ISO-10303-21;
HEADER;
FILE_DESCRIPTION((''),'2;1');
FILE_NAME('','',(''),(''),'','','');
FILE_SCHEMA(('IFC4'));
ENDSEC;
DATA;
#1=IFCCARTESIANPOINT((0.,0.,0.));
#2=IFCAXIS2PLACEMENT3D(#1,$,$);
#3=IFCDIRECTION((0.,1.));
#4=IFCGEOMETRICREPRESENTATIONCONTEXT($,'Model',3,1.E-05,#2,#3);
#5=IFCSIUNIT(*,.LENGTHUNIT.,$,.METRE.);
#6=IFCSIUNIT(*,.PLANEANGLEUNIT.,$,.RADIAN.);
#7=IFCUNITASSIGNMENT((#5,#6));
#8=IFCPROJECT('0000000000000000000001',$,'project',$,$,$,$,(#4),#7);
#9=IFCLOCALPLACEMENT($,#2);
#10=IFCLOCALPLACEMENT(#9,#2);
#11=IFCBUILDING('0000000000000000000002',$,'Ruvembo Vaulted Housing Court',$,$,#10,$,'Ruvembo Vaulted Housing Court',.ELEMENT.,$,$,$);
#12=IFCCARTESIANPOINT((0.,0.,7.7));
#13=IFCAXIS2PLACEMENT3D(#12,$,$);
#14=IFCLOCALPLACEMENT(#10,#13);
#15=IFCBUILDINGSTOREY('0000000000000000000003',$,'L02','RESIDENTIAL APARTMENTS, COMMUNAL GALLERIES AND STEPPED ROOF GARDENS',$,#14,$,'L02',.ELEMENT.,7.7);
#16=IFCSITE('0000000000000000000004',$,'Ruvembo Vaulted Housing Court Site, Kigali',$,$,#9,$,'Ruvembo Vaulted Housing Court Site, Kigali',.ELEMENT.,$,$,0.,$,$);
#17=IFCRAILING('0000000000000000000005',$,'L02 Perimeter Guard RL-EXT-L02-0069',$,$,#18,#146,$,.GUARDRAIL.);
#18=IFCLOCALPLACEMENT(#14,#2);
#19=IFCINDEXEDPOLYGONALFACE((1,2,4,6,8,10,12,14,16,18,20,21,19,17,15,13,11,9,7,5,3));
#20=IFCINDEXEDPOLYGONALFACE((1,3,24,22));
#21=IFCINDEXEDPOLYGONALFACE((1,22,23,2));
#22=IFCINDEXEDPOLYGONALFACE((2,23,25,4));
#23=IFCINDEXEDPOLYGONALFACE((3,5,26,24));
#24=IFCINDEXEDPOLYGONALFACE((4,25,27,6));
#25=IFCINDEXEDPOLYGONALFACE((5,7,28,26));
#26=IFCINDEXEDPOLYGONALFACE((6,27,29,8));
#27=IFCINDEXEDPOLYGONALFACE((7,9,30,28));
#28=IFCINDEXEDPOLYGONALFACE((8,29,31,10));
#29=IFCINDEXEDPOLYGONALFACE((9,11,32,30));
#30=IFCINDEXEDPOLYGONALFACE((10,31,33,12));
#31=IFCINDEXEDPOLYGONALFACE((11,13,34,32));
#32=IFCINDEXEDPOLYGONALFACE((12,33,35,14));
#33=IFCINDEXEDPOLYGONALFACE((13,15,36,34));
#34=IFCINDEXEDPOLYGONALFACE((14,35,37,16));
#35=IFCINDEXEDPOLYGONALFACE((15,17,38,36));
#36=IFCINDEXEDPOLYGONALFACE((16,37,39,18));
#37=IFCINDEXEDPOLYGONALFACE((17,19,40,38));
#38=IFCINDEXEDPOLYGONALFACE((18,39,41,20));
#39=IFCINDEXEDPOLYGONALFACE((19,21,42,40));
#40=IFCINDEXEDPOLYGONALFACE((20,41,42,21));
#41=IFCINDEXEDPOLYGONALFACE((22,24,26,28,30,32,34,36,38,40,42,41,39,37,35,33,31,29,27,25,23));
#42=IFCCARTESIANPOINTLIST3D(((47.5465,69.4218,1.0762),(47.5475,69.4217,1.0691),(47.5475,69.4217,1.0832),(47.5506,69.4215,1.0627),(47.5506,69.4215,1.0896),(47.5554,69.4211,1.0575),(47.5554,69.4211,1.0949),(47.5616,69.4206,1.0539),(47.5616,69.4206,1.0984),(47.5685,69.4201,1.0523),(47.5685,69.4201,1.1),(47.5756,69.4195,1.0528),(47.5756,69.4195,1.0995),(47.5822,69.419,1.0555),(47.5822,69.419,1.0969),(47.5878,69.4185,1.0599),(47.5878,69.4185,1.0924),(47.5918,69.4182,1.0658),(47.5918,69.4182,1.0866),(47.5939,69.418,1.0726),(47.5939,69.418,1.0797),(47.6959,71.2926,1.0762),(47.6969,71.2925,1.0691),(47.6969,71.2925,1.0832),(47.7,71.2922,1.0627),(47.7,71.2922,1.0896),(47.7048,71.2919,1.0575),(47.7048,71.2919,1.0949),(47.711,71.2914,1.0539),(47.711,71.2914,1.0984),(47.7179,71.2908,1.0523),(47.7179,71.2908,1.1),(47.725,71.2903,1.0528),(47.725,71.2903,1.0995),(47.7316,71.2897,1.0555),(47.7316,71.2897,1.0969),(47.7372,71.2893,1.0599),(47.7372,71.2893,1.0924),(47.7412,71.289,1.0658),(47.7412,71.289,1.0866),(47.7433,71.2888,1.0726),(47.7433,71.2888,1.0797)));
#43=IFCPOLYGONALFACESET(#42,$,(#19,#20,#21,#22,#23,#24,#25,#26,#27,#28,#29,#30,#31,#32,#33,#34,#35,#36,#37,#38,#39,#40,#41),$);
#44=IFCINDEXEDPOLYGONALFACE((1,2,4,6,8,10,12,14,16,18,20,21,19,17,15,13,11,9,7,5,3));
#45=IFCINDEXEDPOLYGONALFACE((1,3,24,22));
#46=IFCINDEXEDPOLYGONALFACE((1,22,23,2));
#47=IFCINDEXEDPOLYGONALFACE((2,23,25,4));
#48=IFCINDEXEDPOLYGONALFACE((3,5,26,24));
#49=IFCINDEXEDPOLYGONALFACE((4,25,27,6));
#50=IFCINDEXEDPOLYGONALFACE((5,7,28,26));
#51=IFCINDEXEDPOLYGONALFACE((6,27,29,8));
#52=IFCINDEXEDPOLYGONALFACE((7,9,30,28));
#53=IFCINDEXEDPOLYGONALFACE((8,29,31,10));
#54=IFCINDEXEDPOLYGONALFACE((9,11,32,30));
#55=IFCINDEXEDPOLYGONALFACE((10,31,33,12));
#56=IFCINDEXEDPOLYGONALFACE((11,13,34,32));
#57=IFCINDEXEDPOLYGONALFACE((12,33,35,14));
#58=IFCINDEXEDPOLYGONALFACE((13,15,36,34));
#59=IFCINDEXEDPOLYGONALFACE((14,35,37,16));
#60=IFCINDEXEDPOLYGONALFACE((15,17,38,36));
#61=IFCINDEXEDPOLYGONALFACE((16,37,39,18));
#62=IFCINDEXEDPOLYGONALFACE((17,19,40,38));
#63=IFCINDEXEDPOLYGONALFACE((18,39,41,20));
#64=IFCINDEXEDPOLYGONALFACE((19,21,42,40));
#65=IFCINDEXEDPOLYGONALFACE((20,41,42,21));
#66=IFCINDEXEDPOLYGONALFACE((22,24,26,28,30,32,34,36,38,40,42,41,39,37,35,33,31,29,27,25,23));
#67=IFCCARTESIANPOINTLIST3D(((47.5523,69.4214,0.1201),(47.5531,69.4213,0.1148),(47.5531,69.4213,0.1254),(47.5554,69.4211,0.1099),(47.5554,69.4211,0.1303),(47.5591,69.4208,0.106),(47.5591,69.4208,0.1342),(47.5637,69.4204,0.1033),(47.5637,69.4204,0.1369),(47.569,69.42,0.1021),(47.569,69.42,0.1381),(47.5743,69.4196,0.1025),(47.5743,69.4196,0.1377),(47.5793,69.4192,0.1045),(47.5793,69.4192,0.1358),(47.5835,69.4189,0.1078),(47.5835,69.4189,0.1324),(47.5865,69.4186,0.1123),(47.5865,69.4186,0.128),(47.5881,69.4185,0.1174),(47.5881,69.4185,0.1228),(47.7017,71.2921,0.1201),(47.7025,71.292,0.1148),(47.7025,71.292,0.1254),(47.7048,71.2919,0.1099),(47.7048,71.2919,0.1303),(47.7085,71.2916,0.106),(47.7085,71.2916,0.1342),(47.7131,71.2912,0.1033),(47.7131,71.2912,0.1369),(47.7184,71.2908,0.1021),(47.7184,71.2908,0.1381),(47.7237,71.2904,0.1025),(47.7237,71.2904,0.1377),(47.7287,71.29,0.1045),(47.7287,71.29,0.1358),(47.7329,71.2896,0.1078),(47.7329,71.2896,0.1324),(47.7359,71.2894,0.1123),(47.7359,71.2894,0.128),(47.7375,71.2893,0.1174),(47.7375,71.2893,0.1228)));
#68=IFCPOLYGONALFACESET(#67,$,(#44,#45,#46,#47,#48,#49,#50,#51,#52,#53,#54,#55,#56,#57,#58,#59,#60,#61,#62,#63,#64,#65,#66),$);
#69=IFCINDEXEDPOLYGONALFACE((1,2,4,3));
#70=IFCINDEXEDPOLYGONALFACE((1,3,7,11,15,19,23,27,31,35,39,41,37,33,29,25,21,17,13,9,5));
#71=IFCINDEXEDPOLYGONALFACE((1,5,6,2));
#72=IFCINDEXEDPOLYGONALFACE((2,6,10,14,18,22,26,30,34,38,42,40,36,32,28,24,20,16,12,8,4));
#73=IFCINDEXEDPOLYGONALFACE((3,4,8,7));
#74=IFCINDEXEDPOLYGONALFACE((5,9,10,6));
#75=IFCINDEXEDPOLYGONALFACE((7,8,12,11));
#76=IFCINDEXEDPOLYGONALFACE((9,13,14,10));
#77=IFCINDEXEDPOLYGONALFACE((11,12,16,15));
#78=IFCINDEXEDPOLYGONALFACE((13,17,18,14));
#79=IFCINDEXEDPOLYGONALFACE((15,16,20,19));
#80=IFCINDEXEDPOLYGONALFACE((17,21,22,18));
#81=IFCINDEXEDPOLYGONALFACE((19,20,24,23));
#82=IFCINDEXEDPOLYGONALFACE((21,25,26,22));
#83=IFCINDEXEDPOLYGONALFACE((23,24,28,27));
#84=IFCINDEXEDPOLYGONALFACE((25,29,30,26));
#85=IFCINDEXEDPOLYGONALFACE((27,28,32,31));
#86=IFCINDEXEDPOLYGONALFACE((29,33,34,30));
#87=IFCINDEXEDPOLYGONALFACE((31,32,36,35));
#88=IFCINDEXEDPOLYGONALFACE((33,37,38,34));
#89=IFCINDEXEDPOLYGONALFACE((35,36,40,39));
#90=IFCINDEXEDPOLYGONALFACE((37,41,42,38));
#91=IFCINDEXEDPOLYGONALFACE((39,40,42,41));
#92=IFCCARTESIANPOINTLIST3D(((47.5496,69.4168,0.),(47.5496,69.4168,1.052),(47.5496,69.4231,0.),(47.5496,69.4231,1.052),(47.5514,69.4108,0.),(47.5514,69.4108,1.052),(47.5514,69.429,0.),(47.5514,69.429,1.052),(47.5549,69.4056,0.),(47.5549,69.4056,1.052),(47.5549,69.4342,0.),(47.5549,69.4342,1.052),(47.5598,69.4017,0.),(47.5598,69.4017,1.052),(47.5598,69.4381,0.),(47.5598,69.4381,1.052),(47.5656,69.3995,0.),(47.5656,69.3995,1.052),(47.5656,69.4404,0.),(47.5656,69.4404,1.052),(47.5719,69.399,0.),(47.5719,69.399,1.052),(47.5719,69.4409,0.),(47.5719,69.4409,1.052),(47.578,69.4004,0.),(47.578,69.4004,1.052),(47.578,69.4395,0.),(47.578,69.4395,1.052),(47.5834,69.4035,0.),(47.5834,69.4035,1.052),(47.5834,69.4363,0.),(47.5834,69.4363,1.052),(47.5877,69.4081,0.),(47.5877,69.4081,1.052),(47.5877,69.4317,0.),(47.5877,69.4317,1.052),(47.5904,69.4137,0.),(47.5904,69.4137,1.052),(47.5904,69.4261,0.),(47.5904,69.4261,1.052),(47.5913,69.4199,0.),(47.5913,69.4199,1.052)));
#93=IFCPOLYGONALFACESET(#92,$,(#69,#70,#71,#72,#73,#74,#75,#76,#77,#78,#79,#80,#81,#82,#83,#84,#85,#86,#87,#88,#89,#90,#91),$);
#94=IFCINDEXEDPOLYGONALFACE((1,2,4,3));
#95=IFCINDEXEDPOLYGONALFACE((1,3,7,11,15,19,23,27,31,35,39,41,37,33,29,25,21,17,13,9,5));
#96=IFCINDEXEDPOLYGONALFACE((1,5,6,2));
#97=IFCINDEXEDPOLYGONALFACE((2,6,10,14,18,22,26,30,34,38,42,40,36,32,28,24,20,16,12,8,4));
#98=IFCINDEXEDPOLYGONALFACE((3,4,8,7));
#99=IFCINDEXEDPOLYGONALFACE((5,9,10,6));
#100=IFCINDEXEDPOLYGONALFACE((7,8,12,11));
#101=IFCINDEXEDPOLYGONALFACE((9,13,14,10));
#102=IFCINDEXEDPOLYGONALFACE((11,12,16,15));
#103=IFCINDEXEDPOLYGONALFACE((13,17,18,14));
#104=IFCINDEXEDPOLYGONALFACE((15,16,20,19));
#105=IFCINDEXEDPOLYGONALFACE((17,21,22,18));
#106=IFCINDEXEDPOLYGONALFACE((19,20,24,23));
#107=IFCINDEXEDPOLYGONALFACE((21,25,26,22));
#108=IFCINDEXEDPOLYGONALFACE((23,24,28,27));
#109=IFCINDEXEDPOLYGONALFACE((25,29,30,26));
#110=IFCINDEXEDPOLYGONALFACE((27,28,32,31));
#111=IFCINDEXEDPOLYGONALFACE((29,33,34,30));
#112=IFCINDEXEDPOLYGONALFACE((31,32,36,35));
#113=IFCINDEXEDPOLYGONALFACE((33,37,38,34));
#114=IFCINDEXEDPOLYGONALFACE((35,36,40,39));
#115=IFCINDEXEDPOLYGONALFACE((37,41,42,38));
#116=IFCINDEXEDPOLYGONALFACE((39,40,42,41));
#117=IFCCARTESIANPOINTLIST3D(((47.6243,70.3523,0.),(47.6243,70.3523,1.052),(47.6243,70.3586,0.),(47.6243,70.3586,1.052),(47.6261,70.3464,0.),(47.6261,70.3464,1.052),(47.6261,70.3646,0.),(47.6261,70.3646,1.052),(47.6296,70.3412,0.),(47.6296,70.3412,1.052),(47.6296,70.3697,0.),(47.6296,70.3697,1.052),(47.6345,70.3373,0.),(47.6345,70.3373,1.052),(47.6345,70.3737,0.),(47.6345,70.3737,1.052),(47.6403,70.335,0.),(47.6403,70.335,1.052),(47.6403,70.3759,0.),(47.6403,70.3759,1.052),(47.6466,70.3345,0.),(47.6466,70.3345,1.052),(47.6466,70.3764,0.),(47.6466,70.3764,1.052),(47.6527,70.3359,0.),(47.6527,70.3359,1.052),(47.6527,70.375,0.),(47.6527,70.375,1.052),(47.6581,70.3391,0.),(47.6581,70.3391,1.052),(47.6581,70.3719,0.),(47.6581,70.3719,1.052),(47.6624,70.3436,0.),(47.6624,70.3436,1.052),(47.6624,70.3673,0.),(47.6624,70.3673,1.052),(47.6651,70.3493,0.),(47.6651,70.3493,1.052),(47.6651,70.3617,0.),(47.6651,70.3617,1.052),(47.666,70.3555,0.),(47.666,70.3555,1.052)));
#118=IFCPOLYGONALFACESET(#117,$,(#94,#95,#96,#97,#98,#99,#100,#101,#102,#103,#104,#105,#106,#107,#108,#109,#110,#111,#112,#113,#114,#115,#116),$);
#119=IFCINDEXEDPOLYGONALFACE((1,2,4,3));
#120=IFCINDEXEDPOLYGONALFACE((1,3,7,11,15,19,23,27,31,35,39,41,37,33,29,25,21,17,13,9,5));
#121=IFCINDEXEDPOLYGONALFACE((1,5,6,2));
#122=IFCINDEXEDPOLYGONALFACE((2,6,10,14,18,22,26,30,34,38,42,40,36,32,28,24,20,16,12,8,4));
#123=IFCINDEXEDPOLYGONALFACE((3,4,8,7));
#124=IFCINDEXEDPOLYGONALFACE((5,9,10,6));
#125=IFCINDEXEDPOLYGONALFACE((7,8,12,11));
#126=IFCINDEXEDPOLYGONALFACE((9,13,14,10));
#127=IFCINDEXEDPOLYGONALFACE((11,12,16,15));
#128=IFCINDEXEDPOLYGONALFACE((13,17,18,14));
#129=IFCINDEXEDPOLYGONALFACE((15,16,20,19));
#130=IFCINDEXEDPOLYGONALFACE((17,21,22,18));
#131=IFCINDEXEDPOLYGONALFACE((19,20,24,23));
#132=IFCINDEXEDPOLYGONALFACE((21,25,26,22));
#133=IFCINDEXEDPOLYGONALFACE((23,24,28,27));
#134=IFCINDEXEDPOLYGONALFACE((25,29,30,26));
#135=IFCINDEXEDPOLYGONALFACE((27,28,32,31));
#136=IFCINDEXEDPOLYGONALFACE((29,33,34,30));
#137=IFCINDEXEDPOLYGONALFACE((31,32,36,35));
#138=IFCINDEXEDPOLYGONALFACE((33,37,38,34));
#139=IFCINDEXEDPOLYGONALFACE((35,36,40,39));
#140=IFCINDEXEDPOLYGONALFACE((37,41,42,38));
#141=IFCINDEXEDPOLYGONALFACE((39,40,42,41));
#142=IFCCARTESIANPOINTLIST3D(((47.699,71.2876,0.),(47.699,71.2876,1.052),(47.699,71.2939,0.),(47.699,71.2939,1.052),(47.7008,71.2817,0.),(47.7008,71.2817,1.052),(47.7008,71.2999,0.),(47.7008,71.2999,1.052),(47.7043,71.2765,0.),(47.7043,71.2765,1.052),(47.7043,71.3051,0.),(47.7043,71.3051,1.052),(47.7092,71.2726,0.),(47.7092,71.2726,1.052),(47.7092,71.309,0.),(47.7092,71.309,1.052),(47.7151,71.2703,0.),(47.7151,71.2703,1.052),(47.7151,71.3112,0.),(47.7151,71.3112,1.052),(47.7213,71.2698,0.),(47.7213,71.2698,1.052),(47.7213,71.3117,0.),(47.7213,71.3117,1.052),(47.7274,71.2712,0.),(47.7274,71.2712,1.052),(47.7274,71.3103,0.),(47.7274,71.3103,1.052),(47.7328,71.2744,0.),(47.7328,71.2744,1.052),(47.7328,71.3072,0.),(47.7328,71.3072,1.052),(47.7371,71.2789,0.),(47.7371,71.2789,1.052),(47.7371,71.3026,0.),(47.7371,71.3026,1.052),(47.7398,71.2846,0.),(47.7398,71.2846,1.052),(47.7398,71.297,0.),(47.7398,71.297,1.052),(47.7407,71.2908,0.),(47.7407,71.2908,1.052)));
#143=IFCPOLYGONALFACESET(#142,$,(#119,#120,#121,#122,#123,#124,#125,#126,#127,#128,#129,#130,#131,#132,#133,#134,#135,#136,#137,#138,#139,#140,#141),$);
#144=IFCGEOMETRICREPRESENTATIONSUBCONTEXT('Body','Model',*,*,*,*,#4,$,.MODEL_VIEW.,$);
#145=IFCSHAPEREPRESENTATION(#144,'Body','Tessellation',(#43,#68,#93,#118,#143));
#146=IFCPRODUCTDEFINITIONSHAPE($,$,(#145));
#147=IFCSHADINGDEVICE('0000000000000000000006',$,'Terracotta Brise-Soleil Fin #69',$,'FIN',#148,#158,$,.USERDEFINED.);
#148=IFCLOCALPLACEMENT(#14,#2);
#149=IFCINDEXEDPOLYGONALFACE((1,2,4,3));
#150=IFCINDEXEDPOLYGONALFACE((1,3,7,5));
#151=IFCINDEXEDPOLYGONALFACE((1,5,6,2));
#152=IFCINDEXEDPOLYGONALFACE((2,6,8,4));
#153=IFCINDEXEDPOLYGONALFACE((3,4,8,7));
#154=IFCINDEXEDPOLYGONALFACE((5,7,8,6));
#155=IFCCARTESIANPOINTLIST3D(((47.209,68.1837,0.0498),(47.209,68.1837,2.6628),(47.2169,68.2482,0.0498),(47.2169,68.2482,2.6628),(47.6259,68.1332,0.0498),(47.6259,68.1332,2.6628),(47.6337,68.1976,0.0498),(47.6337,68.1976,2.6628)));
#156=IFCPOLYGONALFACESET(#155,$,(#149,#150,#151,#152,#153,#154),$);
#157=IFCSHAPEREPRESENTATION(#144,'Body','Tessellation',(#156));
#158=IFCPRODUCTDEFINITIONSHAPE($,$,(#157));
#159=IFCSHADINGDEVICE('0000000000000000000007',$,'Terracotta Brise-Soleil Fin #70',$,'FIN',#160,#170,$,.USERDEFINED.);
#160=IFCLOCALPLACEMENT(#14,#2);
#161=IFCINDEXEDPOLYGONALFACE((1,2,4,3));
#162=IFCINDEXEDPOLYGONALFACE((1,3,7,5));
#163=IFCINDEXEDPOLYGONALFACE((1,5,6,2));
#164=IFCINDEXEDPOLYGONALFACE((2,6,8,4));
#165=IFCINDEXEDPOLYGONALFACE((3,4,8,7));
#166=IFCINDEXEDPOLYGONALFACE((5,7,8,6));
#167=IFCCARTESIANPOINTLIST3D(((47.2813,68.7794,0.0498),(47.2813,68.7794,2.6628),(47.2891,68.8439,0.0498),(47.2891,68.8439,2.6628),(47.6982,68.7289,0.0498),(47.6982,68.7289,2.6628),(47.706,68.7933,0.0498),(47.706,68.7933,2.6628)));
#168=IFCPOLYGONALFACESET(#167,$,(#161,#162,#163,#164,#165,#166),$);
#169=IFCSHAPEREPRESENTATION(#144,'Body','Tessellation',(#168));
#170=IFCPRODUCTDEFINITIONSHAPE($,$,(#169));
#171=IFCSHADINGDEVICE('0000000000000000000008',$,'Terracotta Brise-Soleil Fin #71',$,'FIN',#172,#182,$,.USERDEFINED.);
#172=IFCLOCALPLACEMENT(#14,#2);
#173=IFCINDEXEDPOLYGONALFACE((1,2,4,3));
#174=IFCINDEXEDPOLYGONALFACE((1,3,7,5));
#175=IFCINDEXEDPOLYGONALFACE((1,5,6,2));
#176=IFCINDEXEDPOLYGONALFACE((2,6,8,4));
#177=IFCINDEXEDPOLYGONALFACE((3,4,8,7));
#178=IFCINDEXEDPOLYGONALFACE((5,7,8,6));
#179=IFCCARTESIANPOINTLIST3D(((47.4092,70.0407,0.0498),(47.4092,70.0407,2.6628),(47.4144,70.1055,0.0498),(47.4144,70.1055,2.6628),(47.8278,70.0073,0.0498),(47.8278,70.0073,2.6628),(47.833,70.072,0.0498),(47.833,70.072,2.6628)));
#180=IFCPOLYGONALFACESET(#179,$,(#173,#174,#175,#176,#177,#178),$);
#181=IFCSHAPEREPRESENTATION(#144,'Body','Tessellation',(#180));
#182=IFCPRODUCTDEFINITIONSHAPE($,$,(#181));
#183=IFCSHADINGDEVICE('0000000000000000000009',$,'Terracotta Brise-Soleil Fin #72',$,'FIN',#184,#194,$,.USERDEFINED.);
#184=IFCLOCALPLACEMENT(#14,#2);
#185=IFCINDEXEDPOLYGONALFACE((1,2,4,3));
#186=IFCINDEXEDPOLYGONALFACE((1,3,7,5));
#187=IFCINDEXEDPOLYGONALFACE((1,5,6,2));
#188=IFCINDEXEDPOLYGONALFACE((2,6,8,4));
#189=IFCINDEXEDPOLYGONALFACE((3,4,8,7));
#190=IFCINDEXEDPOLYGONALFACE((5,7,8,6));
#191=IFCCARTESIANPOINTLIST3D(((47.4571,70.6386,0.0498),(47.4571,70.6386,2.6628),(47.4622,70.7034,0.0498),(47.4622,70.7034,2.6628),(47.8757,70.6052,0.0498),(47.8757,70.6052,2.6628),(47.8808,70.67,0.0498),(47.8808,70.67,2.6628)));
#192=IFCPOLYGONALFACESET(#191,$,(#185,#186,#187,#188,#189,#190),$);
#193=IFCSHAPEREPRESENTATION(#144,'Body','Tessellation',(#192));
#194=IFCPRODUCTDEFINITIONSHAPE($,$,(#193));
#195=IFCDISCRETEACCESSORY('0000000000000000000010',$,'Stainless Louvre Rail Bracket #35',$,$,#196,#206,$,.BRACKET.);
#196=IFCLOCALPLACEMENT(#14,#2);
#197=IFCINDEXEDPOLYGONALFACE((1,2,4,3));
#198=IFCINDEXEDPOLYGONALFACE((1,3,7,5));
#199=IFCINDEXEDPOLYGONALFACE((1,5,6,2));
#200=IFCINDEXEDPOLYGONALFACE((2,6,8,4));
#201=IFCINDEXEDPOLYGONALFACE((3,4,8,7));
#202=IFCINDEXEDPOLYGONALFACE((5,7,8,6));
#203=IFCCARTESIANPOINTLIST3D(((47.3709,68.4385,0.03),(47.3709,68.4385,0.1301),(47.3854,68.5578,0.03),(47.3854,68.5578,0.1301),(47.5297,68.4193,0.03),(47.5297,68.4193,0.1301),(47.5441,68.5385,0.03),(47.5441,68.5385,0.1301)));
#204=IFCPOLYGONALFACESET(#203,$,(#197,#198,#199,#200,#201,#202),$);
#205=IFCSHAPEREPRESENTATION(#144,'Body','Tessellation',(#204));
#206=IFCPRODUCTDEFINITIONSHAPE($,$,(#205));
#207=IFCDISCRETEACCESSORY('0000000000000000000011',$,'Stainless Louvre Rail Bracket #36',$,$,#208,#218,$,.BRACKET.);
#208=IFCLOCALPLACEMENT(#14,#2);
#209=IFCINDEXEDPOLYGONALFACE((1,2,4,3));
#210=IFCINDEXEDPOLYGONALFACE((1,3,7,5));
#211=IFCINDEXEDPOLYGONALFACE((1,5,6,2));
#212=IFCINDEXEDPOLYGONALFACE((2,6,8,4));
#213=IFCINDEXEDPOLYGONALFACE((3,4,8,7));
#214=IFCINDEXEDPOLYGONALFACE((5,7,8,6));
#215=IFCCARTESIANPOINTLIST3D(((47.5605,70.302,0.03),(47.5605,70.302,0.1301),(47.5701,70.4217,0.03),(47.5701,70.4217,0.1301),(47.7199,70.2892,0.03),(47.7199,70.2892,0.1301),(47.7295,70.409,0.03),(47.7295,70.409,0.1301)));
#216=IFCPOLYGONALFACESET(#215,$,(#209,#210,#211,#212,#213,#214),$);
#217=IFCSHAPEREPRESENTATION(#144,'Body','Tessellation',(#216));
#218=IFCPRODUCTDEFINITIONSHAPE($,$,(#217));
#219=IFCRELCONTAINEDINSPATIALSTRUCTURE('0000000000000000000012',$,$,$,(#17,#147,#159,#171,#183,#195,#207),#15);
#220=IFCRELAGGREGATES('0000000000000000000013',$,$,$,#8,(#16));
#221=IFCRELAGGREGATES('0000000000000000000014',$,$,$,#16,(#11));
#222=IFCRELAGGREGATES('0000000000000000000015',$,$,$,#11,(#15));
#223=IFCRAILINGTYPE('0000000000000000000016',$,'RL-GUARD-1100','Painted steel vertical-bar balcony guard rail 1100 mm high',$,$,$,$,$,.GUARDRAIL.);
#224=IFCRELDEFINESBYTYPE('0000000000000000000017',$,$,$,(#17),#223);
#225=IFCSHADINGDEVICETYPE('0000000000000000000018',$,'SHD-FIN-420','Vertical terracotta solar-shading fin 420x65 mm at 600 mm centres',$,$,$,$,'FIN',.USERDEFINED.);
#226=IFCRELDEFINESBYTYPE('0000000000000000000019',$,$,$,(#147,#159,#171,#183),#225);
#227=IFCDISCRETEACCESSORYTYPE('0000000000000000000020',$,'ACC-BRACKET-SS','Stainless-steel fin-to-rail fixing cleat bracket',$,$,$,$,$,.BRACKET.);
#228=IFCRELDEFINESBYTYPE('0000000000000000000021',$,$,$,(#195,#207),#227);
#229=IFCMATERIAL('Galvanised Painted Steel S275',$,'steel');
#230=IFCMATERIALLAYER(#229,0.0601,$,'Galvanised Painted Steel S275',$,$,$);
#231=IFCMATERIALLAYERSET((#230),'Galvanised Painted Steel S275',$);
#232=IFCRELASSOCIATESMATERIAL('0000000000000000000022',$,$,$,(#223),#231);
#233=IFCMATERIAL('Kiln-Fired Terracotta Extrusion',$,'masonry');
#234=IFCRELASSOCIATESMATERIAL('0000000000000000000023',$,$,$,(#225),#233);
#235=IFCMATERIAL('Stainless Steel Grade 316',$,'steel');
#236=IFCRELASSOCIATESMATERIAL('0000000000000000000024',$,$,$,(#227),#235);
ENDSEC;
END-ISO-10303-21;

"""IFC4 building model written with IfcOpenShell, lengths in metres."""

from ifc_helpers import new_model, si_unit, direction, frame, origin, origin_2d, place, context, subcontext, project, spatial, rectangle, circle, extrude, material, layer, layer_set, type_object, element, save


model = new_model("IFC4")

# Units and contexts
model_context = context("Model", 3, precision=1e-05, world=origin(), true_north=direction((0.0, 1.0)))
body_context = subcontext(model_context, "Body", "Model", "MODEL_VIEW")
ifc_project = project(units=[si_unit("LENGTHUNIT", "METRE"), si_unit("PLANEANGLEUNIT", "RADIAN")], contexts=[model_context])

# Site, building, storey
site_placement = place(None, origin())
site = spatial("IfcSite", under=ifc_project, at=site_placement, Name="Ruvembo Vaulted Housing Court Site, Kigali", LongName="Ruvembo Vaulted Housing Court Site, Kigali", CompositionType="ELEMENT", RefElevation=0.0)
building_placement = place(site_placement, origin())
building = spatial("IfcBuilding", under=site, at=building_placement, Name="Ruvembo Vaulted Housing Court", LongName="Ruvembo Vaulted Housing Court", CompositionType="ELEMENT")
storey_placement = place(building_placement, frame((0.0, 0.0, 7.7)))
storey = spatial("IfcBuildingStorey", under=building, at=storey_placement, Name="L02", Description="RESIDENTIAL APARTMENTS, COMMUNAL GALLERIES AND STEPPED ROOF GARDENS", LongName="L02", CompositionType="ELEMENT", Elevation=7.7)

# Railing
ifc_material_1 = material(Name="Galvanised Painted Steel S275", Category="steel")
ifc_layer_1 = layer(ifc_material_1, 0.0601, Name="Galvanised Painted Steel S275")
ifc_layer_set_1 = layer_set([ifc_layer_1], Name="Galvanised Painted Steel S275")
railing_type = type_object("IfcRailingType", Name="RL-GUARD-1100", Description="Painted steel vertical-bar balcony guard rail 1100 mm high", PredefinedType="GUARDRAIL", material=ifc_layer_set_1)
railing_1_placement = place(storey_placement, frame((47.5703, 69.4199, 0.0)))
element("IfcRailing", 1, at=railing_1_placement, inside=storey, type_object=railing_type, Name="L02 Perimeter Guard RL-EXT-L02-0069", PredefinedType="GUARDRAIL", context=body_context, shape_type="SweptSolid", body=[
    extrude(circle(Radius=0.0239, at=origin_2d()), frame((0.0, 0.0, 1.0762), z_axis=(0.079611, 0.996826, 0.0), x_axis=(-0.996826, 0.079611, 0.0)), (0.0, 0.0, 1.0), 1.8767),
    extrude(circle(Radius=0.0181, at=origin_2d()), frame((0.0, 0.0, 0.1201), z_axis=(0.079611, 0.996826, 0.0), x_axis=(-0.996826, 0.079611, 0.0)), (0.0, 0.0, 1.0), 1.8767),
    extrude(circle(Radius=0.021, at=origin_2d()), origin(), (0.0, 0.0, 1.0), 1.052),
    extrude(circle(Radius=0.021, at=origin_2d()), frame((0.0747, 0.9355, 0.0)), (0.0, 0.0, 1.0), 1.052),
    extrude(circle(Radius=0.021, at=origin_2d()), frame((0.1494, 1.8708, 0.0)), (0.0, 0.0, 1.0), 1.052),
])

# Shading devices
ifc_material_2 = material(Name="Kiln-Fired Terracotta Extrusion", Category="masonry")
shading_device_type = type_object("IfcShadingDeviceType", Name="SHD-FIN-420", Description="Vertical terracotta solar-shading fin 420x65 mm at 600 mm centres", ElementType="FIN", PredefinedType="USERDEFINED", material=ifc_material_2)
for number, where, z_axis, x_axis, name in (
    (2, (47.4214, 68.1907, 0.0498), (0.0, 0.0, 1.0), (0.992734, -0.120327, 0.0), "Terracotta Brise-Soleil Fin #69"),
    (3, (47.4937, 68.7864, 0.0498), (0.0, 0.0, 1.0), (0.992734, -0.120327, 0.0), "Terracotta Brise-Soleil Fin #70"),
    (4, (47.6211, 70.0564, 0.0498), (0.0, 0.0, 1.0), (0.996826, -0.079607, 0.0), "Terracotta Brise-Soleil Fin #71"),
    (5, (47.6689, 70.6543, 0.0498), (0.0, 0.0, 1.0), (0.996826, -0.079607, 0.0), "Terracotta Brise-Soleil Fin #72"),
):
    element("IfcShadingDevice", number, at=place(storey_placement, frame(where, z_axis=z_axis, x_axis=x_axis)), inside=storey, type_object=shading_device_type, Name=name, ObjectType="FIN", PredefinedType="USERDEFINED", context=body_context, shape_type="SweptSolid", body=[
        extrude(rectangle(XDim=0.4199, YDim=0.0649, at=origin_2d()), origin(), (0.0, 0.0, 1.0), 2.613),
    ])

# Discrete accessories
ifc_material_3 = material(Name="Stainless Steel Grade 316", Category="steel")
discrete_accessory_type = type_object("IfcDiscreteAccessoryType", Name="ACC-BRACKET-SS", Description="Stainless-steel fin-to-rail fixing cleat bracket", PredefinedType="BRACKET", material=ifc_material_3)
for number, where, z_axis, x_axis, name in (
    (6, (47.4575, 68.4885, 0.03), (0.0, 0.0, 1.0), (0.992734, -0.120327, 0.0), "Stainless Louvre Rail Bracket #35"),
    (7, (47.645, 70.3555, 0.03), (0.0, 0.0, 1.0), (0.996826, -0.079607, 0.0), "Stainless Louvre Rail Bracket #36"),
):
    element("IfcDiscreteAccessory", number, at=place(storey_placement, frame(where, z_axis=z_axis, x_axis=x_axis)), inside=storey, type_object=discrete_accessory_type, Name=name, PredefinedType="BRACKET", context=body_context, shape_type="SweptSolid", body=[
        extrude(rectangle(XDim=0.1599, YDim=0.1201, at=origin_2d()), origin(), (0.0, 0.0, 1.0), 0.1001),
    ])

save(model, "model.ifc")
